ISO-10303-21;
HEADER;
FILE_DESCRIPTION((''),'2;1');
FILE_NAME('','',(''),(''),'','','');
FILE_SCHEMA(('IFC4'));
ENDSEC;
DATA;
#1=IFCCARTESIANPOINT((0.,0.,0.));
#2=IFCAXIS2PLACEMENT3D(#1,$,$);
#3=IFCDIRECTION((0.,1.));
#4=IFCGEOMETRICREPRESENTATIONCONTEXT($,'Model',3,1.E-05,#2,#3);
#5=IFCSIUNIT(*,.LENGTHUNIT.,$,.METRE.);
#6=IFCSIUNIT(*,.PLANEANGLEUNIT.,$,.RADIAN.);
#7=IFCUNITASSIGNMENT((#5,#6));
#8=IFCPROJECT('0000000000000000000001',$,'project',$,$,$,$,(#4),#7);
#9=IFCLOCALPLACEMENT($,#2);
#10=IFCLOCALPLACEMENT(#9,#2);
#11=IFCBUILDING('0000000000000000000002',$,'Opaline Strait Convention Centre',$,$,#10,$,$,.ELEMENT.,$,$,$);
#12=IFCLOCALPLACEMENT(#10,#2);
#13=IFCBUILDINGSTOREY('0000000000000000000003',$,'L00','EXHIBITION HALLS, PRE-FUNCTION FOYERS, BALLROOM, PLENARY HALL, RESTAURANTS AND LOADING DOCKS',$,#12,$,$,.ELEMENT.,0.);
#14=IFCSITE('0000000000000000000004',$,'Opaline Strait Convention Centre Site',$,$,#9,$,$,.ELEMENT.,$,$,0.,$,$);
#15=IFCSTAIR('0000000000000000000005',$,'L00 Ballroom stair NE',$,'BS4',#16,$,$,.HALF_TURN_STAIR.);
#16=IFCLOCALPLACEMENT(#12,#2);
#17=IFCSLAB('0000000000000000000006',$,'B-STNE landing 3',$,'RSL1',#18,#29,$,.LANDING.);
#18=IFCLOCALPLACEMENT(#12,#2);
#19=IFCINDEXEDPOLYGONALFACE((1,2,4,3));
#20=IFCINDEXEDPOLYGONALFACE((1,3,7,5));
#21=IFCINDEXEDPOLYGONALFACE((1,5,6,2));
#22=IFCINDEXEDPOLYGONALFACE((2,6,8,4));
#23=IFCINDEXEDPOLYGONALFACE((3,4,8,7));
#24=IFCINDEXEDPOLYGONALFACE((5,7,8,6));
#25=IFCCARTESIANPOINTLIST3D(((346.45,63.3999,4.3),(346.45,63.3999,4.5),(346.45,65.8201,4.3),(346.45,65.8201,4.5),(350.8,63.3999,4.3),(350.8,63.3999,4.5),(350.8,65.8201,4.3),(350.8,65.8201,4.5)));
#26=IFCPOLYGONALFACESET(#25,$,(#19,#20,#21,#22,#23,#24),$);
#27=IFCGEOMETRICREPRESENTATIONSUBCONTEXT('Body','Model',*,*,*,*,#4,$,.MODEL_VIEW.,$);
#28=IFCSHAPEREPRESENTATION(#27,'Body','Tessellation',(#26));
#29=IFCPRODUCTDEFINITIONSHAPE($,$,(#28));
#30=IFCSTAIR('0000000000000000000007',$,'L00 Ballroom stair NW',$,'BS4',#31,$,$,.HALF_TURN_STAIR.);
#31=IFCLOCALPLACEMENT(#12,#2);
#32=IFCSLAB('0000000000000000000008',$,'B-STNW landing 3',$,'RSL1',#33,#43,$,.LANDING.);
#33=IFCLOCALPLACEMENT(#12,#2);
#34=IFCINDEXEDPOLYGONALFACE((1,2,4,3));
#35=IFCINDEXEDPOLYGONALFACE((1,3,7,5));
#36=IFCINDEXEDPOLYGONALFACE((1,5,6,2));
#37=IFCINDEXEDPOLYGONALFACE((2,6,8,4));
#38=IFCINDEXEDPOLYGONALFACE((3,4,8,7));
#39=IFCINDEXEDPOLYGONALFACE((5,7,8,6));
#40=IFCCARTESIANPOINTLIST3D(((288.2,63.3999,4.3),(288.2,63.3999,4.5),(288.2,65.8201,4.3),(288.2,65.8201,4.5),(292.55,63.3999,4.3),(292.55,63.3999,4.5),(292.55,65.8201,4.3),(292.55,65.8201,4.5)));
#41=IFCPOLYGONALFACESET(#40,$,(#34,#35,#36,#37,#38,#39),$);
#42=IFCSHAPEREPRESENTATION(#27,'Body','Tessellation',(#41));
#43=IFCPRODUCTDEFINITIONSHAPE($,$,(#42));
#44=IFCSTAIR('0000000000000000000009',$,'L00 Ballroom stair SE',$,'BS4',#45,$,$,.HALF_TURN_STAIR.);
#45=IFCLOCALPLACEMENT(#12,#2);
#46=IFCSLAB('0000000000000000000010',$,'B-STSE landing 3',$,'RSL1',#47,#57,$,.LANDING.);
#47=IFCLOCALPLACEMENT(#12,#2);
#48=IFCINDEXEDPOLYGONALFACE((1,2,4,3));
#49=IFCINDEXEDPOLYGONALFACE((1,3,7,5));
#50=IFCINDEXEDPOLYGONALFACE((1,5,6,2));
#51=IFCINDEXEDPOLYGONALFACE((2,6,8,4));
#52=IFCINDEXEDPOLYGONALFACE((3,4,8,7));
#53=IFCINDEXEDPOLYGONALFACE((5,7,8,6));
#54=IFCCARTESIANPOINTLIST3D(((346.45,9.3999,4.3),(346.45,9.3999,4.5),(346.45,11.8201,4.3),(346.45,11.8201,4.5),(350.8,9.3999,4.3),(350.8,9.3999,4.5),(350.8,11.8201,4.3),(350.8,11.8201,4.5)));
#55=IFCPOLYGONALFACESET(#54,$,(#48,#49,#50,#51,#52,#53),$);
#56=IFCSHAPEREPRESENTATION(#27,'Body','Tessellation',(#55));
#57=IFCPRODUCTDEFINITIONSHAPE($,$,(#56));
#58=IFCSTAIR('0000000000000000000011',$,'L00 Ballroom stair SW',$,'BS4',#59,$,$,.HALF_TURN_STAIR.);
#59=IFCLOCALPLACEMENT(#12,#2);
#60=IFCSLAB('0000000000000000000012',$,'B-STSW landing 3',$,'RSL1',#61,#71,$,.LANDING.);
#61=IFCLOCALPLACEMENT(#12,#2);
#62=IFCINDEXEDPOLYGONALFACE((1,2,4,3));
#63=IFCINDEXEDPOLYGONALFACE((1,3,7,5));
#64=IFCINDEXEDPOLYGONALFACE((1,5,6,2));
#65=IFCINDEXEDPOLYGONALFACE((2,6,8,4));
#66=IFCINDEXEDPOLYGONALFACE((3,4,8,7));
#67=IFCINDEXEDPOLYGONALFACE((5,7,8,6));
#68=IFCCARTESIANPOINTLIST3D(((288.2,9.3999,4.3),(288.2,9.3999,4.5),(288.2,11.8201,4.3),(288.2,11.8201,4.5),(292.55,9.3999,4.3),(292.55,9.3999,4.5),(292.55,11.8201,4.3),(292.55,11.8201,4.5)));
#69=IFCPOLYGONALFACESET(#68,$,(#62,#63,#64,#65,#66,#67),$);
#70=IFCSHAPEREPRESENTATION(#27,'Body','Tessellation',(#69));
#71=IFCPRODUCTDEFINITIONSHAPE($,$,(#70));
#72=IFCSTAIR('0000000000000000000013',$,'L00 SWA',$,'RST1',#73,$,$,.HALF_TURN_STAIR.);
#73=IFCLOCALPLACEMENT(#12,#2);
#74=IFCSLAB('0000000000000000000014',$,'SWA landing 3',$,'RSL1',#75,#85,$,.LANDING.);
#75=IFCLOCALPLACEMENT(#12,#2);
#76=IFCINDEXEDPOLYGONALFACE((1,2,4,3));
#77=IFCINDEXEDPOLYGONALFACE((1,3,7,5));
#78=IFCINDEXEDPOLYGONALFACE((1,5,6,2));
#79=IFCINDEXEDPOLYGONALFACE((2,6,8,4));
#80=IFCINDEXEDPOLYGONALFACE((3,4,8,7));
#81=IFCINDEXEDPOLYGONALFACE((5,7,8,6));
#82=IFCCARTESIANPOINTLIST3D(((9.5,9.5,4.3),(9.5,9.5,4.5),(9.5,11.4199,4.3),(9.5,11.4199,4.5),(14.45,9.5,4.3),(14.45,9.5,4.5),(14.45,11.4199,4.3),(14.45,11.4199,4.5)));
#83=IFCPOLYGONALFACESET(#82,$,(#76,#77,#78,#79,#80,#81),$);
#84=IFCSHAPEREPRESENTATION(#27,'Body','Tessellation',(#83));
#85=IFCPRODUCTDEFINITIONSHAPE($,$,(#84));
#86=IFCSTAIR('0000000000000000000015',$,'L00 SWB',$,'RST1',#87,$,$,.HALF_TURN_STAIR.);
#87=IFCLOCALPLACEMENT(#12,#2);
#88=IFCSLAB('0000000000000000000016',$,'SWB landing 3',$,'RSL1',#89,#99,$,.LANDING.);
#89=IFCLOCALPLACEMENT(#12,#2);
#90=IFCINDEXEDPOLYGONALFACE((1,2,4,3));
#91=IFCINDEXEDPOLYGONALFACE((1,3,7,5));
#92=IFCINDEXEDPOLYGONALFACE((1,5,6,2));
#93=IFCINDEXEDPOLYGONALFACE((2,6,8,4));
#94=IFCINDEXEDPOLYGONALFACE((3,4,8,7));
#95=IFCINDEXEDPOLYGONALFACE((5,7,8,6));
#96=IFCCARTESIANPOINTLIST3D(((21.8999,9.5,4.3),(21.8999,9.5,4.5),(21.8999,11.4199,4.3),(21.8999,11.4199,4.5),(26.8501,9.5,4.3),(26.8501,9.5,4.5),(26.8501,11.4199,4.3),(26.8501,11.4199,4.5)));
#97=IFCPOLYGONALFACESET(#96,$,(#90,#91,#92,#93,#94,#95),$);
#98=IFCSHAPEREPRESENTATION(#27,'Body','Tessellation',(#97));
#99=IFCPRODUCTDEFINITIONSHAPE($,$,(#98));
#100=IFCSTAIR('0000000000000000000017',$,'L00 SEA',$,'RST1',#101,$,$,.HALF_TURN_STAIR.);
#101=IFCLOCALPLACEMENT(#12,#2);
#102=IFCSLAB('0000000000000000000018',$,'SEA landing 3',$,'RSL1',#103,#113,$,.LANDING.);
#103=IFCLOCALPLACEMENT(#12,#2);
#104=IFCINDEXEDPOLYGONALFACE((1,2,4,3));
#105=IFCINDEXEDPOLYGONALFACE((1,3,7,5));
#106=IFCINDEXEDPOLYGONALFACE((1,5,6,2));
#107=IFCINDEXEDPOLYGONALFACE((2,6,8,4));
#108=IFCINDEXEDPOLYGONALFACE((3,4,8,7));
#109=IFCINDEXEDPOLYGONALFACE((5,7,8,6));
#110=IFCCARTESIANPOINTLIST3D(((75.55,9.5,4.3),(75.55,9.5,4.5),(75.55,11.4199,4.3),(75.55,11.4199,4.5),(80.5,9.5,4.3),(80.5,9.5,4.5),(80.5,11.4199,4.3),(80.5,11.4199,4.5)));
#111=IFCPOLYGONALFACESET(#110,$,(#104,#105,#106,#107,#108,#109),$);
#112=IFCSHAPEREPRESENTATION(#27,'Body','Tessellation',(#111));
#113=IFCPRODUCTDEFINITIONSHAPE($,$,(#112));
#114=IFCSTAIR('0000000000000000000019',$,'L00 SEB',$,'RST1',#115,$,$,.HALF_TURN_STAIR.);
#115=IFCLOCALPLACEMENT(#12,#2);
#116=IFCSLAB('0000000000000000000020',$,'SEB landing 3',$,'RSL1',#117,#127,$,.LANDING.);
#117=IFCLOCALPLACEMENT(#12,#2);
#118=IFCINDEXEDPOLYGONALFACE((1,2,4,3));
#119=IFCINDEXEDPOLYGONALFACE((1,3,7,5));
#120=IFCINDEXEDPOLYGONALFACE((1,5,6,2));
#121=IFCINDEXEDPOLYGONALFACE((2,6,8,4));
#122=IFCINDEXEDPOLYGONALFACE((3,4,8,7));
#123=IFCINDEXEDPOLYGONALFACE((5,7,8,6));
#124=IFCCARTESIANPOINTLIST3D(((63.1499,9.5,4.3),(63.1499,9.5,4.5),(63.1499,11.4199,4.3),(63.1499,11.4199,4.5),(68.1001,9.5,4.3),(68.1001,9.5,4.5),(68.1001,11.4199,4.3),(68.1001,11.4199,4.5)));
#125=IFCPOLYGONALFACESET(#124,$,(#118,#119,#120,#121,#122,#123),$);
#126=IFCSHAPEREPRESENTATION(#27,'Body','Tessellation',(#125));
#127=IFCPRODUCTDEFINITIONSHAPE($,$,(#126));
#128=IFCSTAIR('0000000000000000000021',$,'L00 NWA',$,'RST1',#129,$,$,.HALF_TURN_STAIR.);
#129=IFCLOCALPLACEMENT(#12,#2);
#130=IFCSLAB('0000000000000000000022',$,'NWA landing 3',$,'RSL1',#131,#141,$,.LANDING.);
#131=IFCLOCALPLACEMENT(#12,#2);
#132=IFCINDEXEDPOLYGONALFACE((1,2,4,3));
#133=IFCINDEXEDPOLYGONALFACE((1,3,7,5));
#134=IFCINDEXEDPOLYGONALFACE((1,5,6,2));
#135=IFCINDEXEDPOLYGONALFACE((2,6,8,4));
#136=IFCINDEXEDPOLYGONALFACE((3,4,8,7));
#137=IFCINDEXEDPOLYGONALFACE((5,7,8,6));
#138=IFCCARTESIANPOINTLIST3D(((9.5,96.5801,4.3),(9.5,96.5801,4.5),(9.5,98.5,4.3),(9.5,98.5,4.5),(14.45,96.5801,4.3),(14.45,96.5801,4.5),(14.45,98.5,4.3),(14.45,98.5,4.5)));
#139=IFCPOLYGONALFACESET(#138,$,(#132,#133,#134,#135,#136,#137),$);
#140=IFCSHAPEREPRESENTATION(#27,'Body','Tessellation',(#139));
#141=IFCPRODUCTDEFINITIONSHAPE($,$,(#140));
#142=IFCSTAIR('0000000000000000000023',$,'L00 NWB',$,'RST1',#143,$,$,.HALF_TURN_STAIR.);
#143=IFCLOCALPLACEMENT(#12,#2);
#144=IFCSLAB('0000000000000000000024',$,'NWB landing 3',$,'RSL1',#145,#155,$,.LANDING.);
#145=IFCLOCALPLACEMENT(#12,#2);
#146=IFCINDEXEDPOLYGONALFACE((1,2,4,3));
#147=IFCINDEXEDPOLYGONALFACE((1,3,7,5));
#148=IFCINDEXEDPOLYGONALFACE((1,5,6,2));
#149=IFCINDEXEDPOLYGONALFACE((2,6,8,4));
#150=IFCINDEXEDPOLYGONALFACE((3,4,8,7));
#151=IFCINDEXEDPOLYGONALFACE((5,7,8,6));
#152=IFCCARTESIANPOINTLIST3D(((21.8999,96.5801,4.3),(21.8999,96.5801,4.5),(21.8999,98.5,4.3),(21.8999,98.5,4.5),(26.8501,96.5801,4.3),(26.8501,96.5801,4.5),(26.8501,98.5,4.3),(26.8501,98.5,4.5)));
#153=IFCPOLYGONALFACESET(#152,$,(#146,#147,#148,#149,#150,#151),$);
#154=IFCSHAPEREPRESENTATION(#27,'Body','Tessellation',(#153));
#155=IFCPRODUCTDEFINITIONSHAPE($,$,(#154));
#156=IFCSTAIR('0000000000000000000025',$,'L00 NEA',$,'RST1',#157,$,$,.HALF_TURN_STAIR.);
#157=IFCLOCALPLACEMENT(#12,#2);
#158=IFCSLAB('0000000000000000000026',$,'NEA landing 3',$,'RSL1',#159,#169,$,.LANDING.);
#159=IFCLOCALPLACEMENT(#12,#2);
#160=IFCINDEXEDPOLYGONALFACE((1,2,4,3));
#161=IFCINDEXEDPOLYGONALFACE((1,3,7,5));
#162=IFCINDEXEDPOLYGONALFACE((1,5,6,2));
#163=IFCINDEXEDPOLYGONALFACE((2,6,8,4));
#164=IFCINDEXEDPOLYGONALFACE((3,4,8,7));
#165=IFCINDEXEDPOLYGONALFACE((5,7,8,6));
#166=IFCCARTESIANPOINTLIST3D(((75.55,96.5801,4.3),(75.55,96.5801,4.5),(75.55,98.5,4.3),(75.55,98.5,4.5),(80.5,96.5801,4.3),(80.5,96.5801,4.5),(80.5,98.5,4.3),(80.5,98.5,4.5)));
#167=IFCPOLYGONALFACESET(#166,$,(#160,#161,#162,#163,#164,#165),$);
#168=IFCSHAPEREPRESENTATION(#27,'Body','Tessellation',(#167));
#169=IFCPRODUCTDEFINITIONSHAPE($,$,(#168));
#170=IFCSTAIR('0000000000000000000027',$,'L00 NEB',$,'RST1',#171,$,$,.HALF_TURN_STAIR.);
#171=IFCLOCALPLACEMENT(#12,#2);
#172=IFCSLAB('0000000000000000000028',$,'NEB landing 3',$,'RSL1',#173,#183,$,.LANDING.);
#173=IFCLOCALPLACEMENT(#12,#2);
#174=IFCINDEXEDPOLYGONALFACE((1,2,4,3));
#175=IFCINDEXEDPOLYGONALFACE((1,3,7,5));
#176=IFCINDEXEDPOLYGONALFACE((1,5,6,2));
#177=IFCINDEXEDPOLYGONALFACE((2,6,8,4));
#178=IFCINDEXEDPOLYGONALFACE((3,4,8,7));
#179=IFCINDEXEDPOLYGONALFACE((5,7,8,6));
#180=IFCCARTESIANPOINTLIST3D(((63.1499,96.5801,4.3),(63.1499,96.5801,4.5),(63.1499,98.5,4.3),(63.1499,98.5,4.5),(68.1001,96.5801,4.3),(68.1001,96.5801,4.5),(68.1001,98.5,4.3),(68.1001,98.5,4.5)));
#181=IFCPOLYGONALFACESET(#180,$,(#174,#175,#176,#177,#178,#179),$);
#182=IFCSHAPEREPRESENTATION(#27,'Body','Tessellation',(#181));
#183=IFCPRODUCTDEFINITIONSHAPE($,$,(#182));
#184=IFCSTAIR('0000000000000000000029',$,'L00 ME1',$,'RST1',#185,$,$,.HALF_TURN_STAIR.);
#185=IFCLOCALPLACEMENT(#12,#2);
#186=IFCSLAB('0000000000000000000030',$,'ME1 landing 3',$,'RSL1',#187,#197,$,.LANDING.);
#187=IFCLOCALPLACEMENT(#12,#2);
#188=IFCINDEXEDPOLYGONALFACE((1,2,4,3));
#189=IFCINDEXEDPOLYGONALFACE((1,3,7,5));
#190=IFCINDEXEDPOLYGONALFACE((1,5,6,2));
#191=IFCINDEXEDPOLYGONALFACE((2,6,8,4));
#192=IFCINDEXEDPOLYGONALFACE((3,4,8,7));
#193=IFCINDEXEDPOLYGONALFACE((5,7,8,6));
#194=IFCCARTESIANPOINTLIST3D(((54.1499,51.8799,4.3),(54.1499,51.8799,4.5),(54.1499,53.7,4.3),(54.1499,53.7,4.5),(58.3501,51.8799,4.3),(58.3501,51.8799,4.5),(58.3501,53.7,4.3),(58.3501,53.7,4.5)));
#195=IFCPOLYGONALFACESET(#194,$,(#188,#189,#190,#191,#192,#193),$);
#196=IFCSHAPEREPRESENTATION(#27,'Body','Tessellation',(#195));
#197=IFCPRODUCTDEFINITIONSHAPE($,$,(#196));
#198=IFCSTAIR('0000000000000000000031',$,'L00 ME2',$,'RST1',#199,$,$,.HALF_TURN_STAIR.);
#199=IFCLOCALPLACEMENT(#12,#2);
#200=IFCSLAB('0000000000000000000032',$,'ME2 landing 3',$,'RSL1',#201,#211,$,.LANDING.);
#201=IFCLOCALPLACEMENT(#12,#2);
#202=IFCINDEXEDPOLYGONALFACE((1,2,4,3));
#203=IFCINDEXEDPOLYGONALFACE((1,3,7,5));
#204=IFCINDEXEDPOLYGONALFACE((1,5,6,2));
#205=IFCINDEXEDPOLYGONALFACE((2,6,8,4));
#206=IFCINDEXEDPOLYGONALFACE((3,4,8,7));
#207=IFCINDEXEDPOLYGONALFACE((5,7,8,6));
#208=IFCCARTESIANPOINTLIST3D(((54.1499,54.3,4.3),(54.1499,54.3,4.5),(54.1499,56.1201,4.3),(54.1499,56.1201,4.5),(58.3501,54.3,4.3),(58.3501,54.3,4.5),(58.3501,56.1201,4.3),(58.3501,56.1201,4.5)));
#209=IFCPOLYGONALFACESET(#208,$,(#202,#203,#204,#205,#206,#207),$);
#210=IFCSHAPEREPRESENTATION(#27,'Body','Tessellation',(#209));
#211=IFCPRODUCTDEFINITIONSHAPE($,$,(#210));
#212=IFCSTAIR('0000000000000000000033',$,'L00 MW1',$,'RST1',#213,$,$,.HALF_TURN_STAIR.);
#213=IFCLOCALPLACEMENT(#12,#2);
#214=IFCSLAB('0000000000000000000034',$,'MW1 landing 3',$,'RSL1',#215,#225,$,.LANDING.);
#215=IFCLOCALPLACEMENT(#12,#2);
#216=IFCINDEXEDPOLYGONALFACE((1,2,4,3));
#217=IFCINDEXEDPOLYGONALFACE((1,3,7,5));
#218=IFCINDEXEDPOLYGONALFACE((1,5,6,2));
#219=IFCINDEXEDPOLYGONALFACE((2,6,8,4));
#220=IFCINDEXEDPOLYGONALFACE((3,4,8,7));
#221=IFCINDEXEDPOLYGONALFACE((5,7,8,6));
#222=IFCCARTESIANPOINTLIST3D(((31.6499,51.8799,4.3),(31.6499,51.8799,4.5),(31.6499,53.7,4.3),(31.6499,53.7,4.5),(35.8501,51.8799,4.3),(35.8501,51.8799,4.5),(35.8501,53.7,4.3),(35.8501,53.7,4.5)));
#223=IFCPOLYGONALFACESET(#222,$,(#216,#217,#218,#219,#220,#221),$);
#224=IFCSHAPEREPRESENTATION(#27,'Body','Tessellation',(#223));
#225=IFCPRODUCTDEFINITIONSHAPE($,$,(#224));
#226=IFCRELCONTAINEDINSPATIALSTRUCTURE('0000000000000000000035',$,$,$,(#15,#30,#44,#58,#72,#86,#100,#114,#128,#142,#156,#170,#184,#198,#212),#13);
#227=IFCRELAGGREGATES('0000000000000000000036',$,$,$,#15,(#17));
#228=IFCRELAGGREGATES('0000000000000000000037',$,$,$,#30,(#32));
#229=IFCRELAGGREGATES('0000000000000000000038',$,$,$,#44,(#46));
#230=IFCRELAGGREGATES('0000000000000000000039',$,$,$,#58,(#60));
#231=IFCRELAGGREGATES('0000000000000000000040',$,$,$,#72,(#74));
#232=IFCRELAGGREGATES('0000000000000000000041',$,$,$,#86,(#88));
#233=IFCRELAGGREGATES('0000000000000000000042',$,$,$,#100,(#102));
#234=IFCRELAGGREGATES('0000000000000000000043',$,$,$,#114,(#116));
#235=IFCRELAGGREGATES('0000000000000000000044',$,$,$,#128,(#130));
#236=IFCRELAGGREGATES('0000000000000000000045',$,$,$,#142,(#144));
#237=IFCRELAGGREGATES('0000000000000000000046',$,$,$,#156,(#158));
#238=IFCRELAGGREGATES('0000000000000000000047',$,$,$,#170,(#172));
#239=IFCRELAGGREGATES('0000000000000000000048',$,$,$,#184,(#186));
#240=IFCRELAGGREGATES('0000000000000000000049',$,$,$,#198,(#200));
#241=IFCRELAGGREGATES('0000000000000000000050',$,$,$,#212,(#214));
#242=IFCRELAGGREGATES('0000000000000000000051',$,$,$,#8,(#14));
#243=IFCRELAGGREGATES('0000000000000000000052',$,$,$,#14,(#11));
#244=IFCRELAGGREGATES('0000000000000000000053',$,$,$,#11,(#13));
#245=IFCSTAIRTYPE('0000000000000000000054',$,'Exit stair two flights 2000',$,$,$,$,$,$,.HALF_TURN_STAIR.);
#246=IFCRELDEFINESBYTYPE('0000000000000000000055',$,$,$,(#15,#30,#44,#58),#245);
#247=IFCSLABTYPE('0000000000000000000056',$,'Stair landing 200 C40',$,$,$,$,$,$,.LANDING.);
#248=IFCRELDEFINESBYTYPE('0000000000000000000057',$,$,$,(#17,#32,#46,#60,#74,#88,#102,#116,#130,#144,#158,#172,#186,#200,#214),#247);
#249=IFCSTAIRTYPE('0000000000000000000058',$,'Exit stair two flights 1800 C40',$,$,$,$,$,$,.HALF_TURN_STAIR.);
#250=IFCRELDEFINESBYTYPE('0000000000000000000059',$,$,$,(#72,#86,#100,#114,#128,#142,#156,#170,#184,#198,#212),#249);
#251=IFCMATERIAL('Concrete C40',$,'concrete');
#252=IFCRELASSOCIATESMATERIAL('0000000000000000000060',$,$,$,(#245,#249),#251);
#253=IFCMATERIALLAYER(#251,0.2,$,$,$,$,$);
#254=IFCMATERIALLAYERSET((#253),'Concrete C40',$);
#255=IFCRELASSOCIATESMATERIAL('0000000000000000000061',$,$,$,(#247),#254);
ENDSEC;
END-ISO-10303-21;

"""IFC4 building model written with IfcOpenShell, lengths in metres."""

from ifc_helpers import new_model, si_unit, direction, frame, origin, place, context, subcontext, project, spatial, polyline, outline, extrude, material, layer, layer_set, type_object, element, aggregate, save


model = new_model("IFC4")

# Units and contexts
model_context = context("Model", 3, precision=1e-05, world=origin(), true_north=direction((0.0, 1.0)))
body_context = subcontext(model_context, "Body", "Model", "MODEL_VIEW")
ifc_project = project(units=[si_unit("LENGTHUNIT", "METRE"), si_unit("PLANEANGLEUNIT", "RADIAN")], contexts=[model_context])

# Site, building, storey
site_placement = place(None, origin())
site = spatial("IfcSite", under=ifc_project, at=site_placement, Name="Opaline Strait Convention Centre Site", CompositionType="ELEMENT", RefElevation=0.0)
building_placement = place(site_placement, origin())
building = spatial("IfcBuilding", under=site, at=building_placement, Name="Opaline Strait Convention Centre", CompositionType="ELEMENT")
storey_placement = place(building_placement, origin())
storey = spatial("IfcBuildingStorey", under=building, at=storey_placement, Name="L00", Description="EXHIBITION HALLS, PRE-FUNCTION FOYERS, BALLROOM, PLENARY HALL, RESTAURANTS AND LOADING DOCKS", CompositionType="ELEMENT", Elevation=0.0)

# Stairs, slabs
ifc_material = material(Name="Concrete C40", Category="concrete")
stair_type_1 = type_object("IfcStairType", Name="Exit stair two flights 2000", PredefinedType="HALF_TURN_STAIR", material=ifc_material)
stair_1_placement = place(storey_placement, origin())
stair_1 = element("IfcStair", 1, at=stair_1_placement, inside=storey, type_object=stair_type_1, Name="L00 Ballroom stair NE", ObjectType="BS4", PredefinedType="HALF_TURN_STAIR")
ifc_layer_1 = layer(ifc_material, 0.2)
ifc_layer_set_1 = layer_set([ifc_layer_1], Name="Concrete C40")
slab_type_1 = type_object("IfcSlabType", Name="Stair landing 200 C40", PredefinedType="LANDING", material=ifc_layer_set_1)
slab_1_placement = place(storey_placement, frame((0.0, 0.0, 4.3)))
slab_1 = element("IfcSlab", 2, at=slab_1_placement, type_object=slab_type_1, Name="B-STNE landing 3", ObjectType="RSL1", PredefinedType="LANDING", context=body_context, shape_type="SweptSolid", body=[
    extrude(outline(polyline([(346.45, 65.8201), (346.45, 63.3999), (350.8, 63.3999), (350.8, 65.8201), (346.45, 65.8201)])), origin(), (0.0, 0.0, 1.0), 0.2),
])
aggregate(stair_1, [slab_1])
stair_2_placement = place(storey_placement, origin())
stair_2 = element("IfcStair", 3, at=stair_2_placement, inside=storey, type_object=stair_type_1, Name="L00 Ballroom stair NW", ObjectType="BS4", PredefinedType="HALF_TURN_STAIR")
slab_2_placement = place(storey_placement, frame((0.0, 0.0, 4.3)))
slab_2 = element("IfcSlab", 4, at=slab_2_placement, type_object=slab_type_1, Name="B-STNW landing 3", ObjectType="RSL1", PredefinedType="LANDING", context=body_context, shape_type="SweptSolid", body=[
    extrude(outline(polyline([(288.2, 65.8201), (288.2, 63.3999), (292.55, 63.3999), (292.55, 65.8201), (288.2, 65.8201)])), origin(), (0.0, 0.0, 1.0), 0.2),
])
aggregate(stair_2, [slab_2])
stair_3_placement = place(storey_placement, origin())
stair_3 = element("IfcStair", 5, at=stair_3_placement, inside=storey, type_object=stair_type_1, Name="L00 Ballroom stair SE", ObjectType="BS4", PredefinedType="HALF_TURN_STAIR")
slab_3_placement = place(storey_placement, frame((0.0, 0.0, 4.3)))
slab_3 = element("IfcSlab", 6, at=slab_3_placement, type_object=slab_type_1, Name="B-STSE landing 3", ObjectType="RSL1", PredefinedType="LANDING", context=body_context, shape_type="SweptSolid", body=[
    extrude(outline(polyline([(346.45, 11.8201), (346.45, 9.3999), (350.8, 9.3999), (350.8, 11.8201), (346.45, 11.8201)])), origin(), (0.0, 0.0, 1.0), 0.2),
])
aggregate(stair_3, [slab_3])
stair_4_placement = place(storey_placement, origin())
stair_4 = element("IfcStair", 7, at=stair_4_placement, inside=storey, type_object=stair_type_1, Name="L00 Ballroom stair SW", ObjectType="BS4", PredefinedType="HALF_TURN_STAIR")
slab_4_placement = place(storey_placement, frame((0.0, 0.0, 4.3)))
slab_4 = element("IfcSlab", 8, at=slab_4_placement, type_object=slab_type_1, Name="B-STSW landing 3", ObjectType="RSL1", PredefinedType="LANDING", context=body_context, shape_type="SweptSolid", body=[
    extrude(outline(polyline([(288.2, 11.8201), (288.2, 9.3999), (292.55, 9.3999), (292.55, 11.8201), (288.2, 11.8201)])), origin(), (0.0, 0.0, 1.0), 0.2),
])
aggregate(stair_4, [slab_4])
stair_type_2 = type_object("IfcStairType", Name="Exit stair two flights 1800 C40", PredefinedType="HALF_TURN_STAIR", material=ifc_material)
stair_5_placement = place(storey_placement, origin())
stair_5 = element("IfcStair", 9, at=stair_5_placement, inside=storey, type_object=stair_type_2, Name="L00 SWA", ObjectType="RST1", PredefinedType="HALF_TURN_STAIR")
slab_5_placement = place(storey_placement, frame((0.0, 0.0, 4.3)))
slab_5 = element("IfcSlab", 10, at=slab_5_placement, type_object=slab_type_1, Name="SWA landing 3", ObjectType="RSL1", PredefinedType="LANDING", context=body_context, shape_type="SweptSolid", body=[
    extrude(outline(polyline([(9.5, 11.4199), (9.5, 9.5), (14.45, 9.5), (14.45, 11.4199), (9.5, 11.4199)])), origin(), (0.0, 0.0, 1.0), 0.2),
])
aggregate(stair_5, [slab_5])
stair_6_placement = place(storey_placement, origin())
stair_6 = element("IfcStair", 11, at=stair_6_placement, inside=storey, type_object=stair_type_2, Name="L00 SWB", ObjectType="RST1", PredefinedType="HALF_TURN_STAIR")
slab_6_placement = place(storey_placement, frame((0.0, 0.0, 4.3)))
slab_6 = element("IfcSlab", 12, at=slab_6_placement, type_object=slab_type_1, Name="SWB landing 3", ObjectType="RSL1", PredefinedType="LANDING", context=body_context, shape_type="SweptSolid", body=[
    extrude(outline(polyline([(21.8999, 11.4199), (21.8999, 9.5), (26.8501, 9.5), (26.8501, 11.4199), (21.8999, 11.4199)])), origin(), (0.0, 0.0, 1.0), 0.2),
])
aggregate(stair_6, [slab_6])
stair_7_placement = place(storey_placement, origin())
stair_7 = element("IfcStair", 13, at=stair_7_placement, inside=storey, type_object=stair_type_2, Name="L00 SEA", ObjectType="RST1", PredefinedType="HALF_TURN_STAIR")
slab_7_placement = place(storey_placement, frame((0.0, 0.0, 4.3)))
slab_7 = element("IfcSlab", 14, at=slab_7_placement, type_object=slab_type_1, Name="SEA landing 3", ObjectType="RSL1", PredefinedType="LANDING", context=body_context, shape_type="SweptSolid", body=[
    extrude(outline(polyline([(75.55, 11.4199), (75.55, 9.5), (80.5, 9.5), (80.5, 11.4199), (75.55, 11.4199)])), origin(), (0.0, 0.0, 1.0), 0.2),
])
aggregate(stair_7, [slab_7])
stair_8_placement = place(storey_placement, origin())
stair_8 = element("IfcStair", 15, at=stair_8_placement, inside=storey, type_object=stair_type_2, Name="L00 SEB", ObjectType="RST1", PredefinedType="HALF_TURN_STAIR")
slab_8_placement = place(storey_placement, frame((0.0, 0.0, 4.3)))
slab_8 = element("IfcSlab", 16, at=slab_8_placement, type_object=slab_type_1, Name="SEB landing 3", ObjectType="RSL1", PredefinedType="LANDING", context=body_context, shape_type="SweptSolid", body=[
    extrude(outline(polyline([(63.1499, 11.4199), (63.1499, 9.5), (68.1001, 9.5), (68.1001, 11.4199), (63.1499, 11.4199)])), origin(), (0.0, 0.0, 1.0), 0.2),
])
aggregate(stair_8, [slab_8])
stair_9_placement = place(storey_placement, origin())
stair_9 = element("IfcStair", 17, at=stair_9_placement, inside=storey, type_object=stair_type_2, Name="L00 NWA", ObjectType="RST1", PredefinedType="HALF_TURN_STAIR")
slab_9_placement = place(storey_placement, frame((0.0, 0.0, 4.3)))
slab_9 = element("IfcSlab", 18, at=slab_9_placement, type_object=slab_type_1, Name="NWA landing 3", ObjectType="RSL1", PredefinedType="LANDING", context=body_context, shape_type="SweptSolid", body=[
    extrude(outline(polyline([(14.45, 96.5801), (14.45, 98.5), (9.5, 98.5), (9.5, 96.5801), (14.45, 96.5801)])), origin(), (0.0, 0.0, 1.0), 0.2),
])
aggregate(stair_9, [slab_9])
stair_10_placement = place(storey_placement, origin())
stair_10 = element("IfcStair", 19, at=stair_10_placement, inside=storey, type_object=stair_type_2, Name="L00 NWB", ObjectType="RST1", PredefinedType="HALF_TURN_STAIR")
slab_10_placement = place(storey_placement, frame((0.0, 0.0, 4.3)))
slab_10 = element("IfcSlab", 20, at=slab_10_placement, type_object=slab_type_1, Name="NWB landing 3", ObjectType="RSL1", PredefinedType="LANDING", context=body_context, shape_type="SweptSolid", body=[
    extrude(outline(polyline([(26.8501, 96.5801), (26.8501, 98.5), (21.8999, 98.5), (21.8999, 96.5801), (26.8501, 96.5801)])), origin(), (0.0, 0.0, 1.0), 0.2),
])
aggregate(stair_10, [slab_10])
stair_11_placement = place(storey_placement, origin())
stair_11 = element("IfcStair", 21, at=stair_11_placement, inside=storey, type_object=stair_type_2, Name="L00 NEA", ObjectType="RST1", PredefinedType="HALF_TURN_STAIR")
slab_11_placement = place(storey_placement, frame((0.0, 0.0, 4.3)))
slab_11 = element("IfcSlab", 22, at=slab_11_placement, type_object=slab_type_1, Name="NEA landing 3", ObjectType="RSL1", PredefinedType="LANDING", context=body_context, shape_type="SweptSolid", body=[
    extrude(outline(polyline([(80.5, 96.5801), (80.5, 98.5), (75.55, 98.5), (75.55, 96.5801), (80.5, 96.5801)])), origin(), (0.0, 0.0, 1.0), 0.2),
])
aggregate(stair_11, [slab_11])
stair_12_placement = place(storey_placement, origin())
stair_12 = element("IfcStair", 23, at=stair_12_placement, inside=storey, type_object=stair_type_2, Name="L00 NEB", ObjectType="RST1", PredefinedType="HALF_TURN_STAIR")
slab_12_placement = place(storey_placement, frame((0.0, 0.0, 4.3)))
slab_12 = element("IfcSlab", 24, at=slab_12_placement, type_object=slab_type_1, Name="NEB landing 3", ObjectType="RSL1", PredefinedType="LANDING", context=body_context, shape_type="SweptSolid", body=[
    extrude(outline(polyline([(68.1001, 96.5801), (68.1001, 98.5), (63.1499, 98.5), (63.1499, 96.5801), (68.1001, 96.5801)])), origin(), (0.0, 0.0, 1.0), 0.2),
])
aggregate(stair_12, [slab_12])
stair_13_placement = place(storey_placement, origin())
stair_13 = element("IfcStair", 25, at=stair_13_placement, inside=storey, type_object=stair_type_2, Name="L00 ME1", ObjectType="RST1", PredefinedType="HALF_TURN_STAIR")
slab_13_placement = place(storey_placement, frame((0.0, 0.0, 4.3)))
slab_13 = element("IfcSlab", 26, at=slab_13_placement, type_object=slab_type_1, Name="ME1 landing 3", ObjectType="RSL1", PredefinedType="LANDING", context=body_context, shape_type="SweptSolid", body=[
    extrude(outline(polyline([(58.3501, 51.8799), (58.3501, 53.7), (54.1499, 53.7), (54.1499, 51.8799), (58.3501, 51.8799)])), origin(), (0.0, 0.0, 1.0), 0.2),
])
aggregate(stair_13, [slab_13])
stair_14_placement = place(storey_placement, origin())
stair_14 = element("IfcStair", 27, at=stair_14_placement, inside=storey, type_object=stair_type_2, Name="L00 ME2", ObjectType="RST1", PredefinedType="HALF_TURN_STAIR")
slab_14_placement = place(storey_placement, frame((0.0, 0.0, 4.3)))
slab_14 = element("IfcSlab", 28, at=slab_14_placement, type_object=slab_type_1, Name="ME2 landing 3", ObjectType="RSL1", PredefinedType="LANDING", context=body_context, shape_type="SweptSolid", body=[
    extrude(outline(polyline([(54.1499, 56.1201), (54.1499, 54.3), (58.3501, 54.3), (58.3501, 56.1201), (54.1499, 56.1201)])), origin(), (0.0, 0.0, 1.0), 0.2),
])
aggregate(stair_14, [slab_14])
stair_15_placement = place(storey_placement, origin())
stair_15 = element("IfcStair", 29, at=stair_15_placement, inside=storey, type_object=stair_type_2, Name="L00 MW1", ObjectType="RST1", PredefinedType="HALF_TURN_STAIR")
slab_15_placement = place(storey_placement, frame((0.0, 0.0, 4.3)))
slab_15 = element("IfcSlab", 30, at=slab_15_placement, type_object=slab_type_1, Name="MW1 landing 3", ObjectType="RSL1", PredefinedType="LANDING", context=body_context, shape_type="SweptSolid", body=[
    extrude(outline(polyline([(35.8501, 51.8799), (35.8501, 53.7), (31.6499, 53.7), (31.6499, 51.8799), (35.8501, 51.8799)])), origin(), (0.0, 0.0, 1.0), 0.2),
])
aggregate(stair_15, [slab_15])

save(model, "model.ifc")
